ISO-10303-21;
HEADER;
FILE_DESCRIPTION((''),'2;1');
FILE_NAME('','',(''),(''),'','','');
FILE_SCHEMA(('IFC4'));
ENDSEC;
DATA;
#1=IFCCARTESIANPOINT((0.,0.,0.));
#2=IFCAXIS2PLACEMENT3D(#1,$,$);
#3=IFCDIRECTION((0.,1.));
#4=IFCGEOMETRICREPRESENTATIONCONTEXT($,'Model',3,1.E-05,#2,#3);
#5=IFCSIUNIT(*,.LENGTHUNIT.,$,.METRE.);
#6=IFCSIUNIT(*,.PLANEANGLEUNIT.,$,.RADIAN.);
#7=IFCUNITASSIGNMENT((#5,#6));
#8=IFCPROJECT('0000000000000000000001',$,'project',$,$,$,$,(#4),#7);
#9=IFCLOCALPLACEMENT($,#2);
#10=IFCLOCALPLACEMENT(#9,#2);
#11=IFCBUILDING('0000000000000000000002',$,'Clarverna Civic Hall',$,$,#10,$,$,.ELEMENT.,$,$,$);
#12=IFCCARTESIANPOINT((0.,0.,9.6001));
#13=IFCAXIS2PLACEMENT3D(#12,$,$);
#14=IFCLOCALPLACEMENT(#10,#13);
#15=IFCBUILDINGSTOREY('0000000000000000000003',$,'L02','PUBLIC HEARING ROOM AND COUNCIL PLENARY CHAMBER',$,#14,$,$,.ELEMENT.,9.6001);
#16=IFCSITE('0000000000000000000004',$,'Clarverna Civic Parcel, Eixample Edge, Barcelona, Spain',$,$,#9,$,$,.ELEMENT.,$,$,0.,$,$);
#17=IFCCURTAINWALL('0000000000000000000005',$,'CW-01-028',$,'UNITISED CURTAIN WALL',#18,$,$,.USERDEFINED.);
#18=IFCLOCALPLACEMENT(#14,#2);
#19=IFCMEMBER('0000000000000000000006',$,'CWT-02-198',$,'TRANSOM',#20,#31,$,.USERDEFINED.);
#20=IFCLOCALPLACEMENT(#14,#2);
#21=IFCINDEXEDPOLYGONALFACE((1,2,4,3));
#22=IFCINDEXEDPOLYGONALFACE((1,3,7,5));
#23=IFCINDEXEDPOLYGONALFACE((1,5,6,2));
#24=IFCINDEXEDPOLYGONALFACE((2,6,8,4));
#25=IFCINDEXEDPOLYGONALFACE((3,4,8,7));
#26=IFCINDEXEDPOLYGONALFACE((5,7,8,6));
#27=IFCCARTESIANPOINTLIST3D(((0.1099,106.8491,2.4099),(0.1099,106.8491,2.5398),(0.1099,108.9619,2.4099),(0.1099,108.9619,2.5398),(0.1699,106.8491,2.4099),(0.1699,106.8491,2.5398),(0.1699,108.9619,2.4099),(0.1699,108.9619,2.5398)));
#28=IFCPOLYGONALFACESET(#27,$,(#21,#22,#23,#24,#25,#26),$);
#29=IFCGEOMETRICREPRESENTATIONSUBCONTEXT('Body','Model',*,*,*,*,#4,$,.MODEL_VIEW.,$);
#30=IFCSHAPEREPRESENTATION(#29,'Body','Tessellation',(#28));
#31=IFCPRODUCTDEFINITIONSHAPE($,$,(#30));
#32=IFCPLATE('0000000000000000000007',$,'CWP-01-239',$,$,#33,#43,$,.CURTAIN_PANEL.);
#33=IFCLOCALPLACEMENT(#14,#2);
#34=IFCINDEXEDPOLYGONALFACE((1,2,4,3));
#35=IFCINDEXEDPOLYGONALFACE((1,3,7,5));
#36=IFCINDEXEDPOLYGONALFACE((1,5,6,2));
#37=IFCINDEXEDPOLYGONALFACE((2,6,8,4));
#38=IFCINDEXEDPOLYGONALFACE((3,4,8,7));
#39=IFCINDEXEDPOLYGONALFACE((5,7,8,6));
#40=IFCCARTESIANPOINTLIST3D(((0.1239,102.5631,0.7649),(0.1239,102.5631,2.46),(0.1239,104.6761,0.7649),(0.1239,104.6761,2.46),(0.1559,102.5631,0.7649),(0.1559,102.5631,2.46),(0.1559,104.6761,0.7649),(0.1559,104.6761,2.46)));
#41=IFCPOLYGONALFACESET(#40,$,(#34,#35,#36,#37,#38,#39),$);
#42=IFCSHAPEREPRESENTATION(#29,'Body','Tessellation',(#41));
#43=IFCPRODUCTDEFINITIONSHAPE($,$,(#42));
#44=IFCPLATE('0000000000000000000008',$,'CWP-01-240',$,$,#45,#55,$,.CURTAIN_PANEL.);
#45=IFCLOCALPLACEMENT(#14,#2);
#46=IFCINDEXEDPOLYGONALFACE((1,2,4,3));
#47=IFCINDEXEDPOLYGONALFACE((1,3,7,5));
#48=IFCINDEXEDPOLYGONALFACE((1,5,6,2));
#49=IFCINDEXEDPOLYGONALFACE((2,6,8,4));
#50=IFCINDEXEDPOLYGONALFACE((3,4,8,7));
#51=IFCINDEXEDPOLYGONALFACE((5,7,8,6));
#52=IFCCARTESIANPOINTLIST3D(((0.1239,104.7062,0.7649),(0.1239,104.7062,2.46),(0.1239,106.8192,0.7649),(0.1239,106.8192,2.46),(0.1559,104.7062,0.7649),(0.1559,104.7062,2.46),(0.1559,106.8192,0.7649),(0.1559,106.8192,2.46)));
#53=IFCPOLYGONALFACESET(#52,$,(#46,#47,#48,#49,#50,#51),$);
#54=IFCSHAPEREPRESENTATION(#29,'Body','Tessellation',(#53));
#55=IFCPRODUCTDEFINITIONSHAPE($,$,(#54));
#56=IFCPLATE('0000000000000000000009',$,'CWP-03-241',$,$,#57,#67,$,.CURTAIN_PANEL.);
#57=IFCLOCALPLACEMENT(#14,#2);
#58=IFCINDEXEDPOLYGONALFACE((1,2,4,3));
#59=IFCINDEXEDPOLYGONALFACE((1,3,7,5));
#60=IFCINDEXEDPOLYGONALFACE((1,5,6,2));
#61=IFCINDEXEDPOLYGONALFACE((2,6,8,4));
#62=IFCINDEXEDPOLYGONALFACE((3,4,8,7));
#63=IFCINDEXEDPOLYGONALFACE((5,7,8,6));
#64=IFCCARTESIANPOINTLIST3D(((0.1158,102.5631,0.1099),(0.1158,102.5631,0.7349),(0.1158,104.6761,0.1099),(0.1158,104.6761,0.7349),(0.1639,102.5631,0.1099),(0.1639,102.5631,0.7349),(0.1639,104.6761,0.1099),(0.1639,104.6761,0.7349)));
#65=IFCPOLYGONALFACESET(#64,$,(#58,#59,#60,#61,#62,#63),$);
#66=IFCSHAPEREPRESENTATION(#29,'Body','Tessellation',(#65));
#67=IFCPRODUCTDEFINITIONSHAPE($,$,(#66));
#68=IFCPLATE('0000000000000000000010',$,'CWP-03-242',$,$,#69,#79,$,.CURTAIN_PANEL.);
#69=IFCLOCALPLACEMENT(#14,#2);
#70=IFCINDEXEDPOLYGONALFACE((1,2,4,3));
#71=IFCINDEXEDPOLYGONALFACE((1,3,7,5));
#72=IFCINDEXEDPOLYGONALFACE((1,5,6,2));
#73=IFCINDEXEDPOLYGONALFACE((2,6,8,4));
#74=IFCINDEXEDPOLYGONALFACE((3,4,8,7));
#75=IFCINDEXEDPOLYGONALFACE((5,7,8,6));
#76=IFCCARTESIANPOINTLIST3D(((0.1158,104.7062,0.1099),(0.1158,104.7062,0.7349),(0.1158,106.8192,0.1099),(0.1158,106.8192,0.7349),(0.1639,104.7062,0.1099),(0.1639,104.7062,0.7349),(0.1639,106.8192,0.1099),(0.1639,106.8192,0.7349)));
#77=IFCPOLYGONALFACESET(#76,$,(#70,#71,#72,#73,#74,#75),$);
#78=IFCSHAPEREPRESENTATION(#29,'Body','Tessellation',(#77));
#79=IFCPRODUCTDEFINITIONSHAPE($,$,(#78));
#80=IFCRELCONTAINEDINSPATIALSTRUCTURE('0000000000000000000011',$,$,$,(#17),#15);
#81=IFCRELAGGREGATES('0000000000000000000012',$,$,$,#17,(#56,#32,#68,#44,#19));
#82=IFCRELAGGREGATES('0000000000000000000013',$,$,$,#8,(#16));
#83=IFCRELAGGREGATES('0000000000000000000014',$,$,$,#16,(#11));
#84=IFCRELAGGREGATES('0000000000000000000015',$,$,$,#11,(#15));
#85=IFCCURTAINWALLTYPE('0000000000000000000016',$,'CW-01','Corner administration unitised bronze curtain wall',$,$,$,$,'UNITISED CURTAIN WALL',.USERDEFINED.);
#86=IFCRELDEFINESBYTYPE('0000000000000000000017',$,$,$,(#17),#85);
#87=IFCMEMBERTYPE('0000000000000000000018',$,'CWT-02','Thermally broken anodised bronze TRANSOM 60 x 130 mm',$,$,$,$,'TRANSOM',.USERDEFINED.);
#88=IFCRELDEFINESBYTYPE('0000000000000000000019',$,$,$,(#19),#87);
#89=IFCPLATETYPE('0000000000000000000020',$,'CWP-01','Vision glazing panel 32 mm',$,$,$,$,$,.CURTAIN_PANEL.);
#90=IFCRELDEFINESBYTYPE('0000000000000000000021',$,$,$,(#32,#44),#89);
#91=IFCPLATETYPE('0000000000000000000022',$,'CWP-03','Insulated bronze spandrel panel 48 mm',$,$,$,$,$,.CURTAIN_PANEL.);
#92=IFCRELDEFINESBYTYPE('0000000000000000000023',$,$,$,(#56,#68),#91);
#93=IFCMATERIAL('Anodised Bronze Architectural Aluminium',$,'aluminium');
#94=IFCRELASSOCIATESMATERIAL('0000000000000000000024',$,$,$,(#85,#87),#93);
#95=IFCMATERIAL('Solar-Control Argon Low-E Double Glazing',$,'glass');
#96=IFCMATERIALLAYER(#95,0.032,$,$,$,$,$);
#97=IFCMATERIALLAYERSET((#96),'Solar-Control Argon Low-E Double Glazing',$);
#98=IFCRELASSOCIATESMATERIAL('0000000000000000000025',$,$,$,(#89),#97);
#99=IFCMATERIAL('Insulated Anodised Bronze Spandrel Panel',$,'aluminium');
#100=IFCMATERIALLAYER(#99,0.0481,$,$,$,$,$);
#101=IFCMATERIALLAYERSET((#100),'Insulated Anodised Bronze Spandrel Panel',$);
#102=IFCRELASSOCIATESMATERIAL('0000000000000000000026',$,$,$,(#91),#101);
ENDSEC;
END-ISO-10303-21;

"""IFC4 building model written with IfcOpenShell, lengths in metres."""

from ifc_helpers import new_model, si_unit, direction, frame, frame_2d, origin, origin_2d, place, context, subcontext, project, spatial, rectangle, extrude, material, layer, layer_set, material_profile, profile_set, type_object, element, aggregate, save


model = new_model("IFC4")

# Units and contexts
model_context = context("Model", 3, precision=1e-05, world=origin(), true_north=direction((0.0, 1.0)))
body_context = subcontext(model_context, "Body", "Model", "MODEL_VIEW")
ifc_project = project(units=[si_unit("LENGTHUNIT", "METRE"), si_unit("PLANEANGLEUNIT", "RADIAN")], contexts=[model_context])

# Site, building, storey
site_placement = place(None, origin())
site = spatial("IfcSite", under=ifc_project, at=site_placement, Name="Clarverna Civic Parcel, Eixample Edge, Barcelona, Spain", CompositionType="ELEMENT", RefElevation=0.0)
building_placement = place(site_placement, origin())
building = spatial("IfcBuilding", under=site, at=building_placement, Name="Clarverna Civic Hall", CompositionType="ELEMENT")
storey_placement = place(building_placement, frame((0.0, 0.0, 9.6001)))
storey = spatial("IfcBuildingStorey", under=building, at=storey_placement, Name="L02", Description="PUBLIC HEARING ROOM AND COUNCIL PLENARY CHAMBER", CompositionType="ELEMENT", Elevation=9.6001)

# Shared definitions
ifc_material_1 = material(Name="Anodised Bronze Architectural Aluminium", Category="aluminium")
curtain_wall_type = type_object("IfcCurtainWallType", Name="CW-01", Description="Corner administration unitised bronze curtain wall", ElementType="UNITISED CURTAIN WALL", PredefinedType="USERDEFINED", material=ifc_material_1)

# Curtain wall, member, plates
curtain_wall_1_placement = place(storey_placement, origin())
curtain_wall_1 = element("IfcCurtainWall", 1, at=curtain_wall_1_placement, inside=storey, type_object=curtain_wall_type, Name="CW-01-028", ObjectType="UNITISED CURTAIN WALL", PredefinedType="USERDEFINED")
ifc_material_profile_1 = material_profile(ifc_material_1, rectangle(XDim=0.0601, YDim=0.1299, at=origin_2d()), Name="BRONZE 60x130")
ifc_profile_set_1 = profile_set([ifc_material_profile_1], Name="Anodised Bronze Architectural Aluminium")
member_type_1 = type_object("IfcMemberType", Name="CWT-02", Description="Thermally broken anodised bronze TRANSOM 60 x 130 mm", ElementType="TRANSOM", PredefinedType="USERDEFINED", material=ifc_profile_set_1)
member_1_placement = place(storey_placement, frame((0.1399, 106.8491, 2.4749), z_axis=(0.0, 1.0, 0.0), x_axis=(-1.0, 0.0, 0.0)))
member_1 = element("IfcMember", 2, at=member_1_placement, type_object=member_type_1, Name="CWT-02-198", ObjectType="TRANSOM", PredefinedType="USERDEFINED", context=body_context, shape_type="SweptSolid", body=[
    extrude(rectangle(XDim=0.0601, YDim=0.1299, at=origin_2d()), origin(), (0.0, 0.0, 1.0), 2.1128),
])
ifc_material_2 = material(Name="Solar-Control Argon Low-E Double Glazing", Category="glass")
ifc_layer_1 = layer(ifc_material_2, 0.032)
ifc_layer_set_1 = layer_set([ifc_layer_1], Name="Solar-Control Argon Low-E Double Glazing")
plate_type_1 = type_object("IfcPlateType", Name="CWP-01", Description="Vision glazing panel 32 mm", PredefinedType="CURTAIN_PANEL", material=ifc_layer_set_1)
plate_1_placement = place(storey_placement, frame((0.1399, 102.563, 0.7649), z_axis=(0.0, 0.0, 1.0), x_axis=(0.0, 1.0, 0.0)))
plate_1 = element("IfcPlate", 3, at=plate_1_placement, type_object=plate_type_1, Name="CWP-01-239", PredefinedType="CURTAIN_PANEL", context=body_context, shape_type="SweptSolid", body=[
    extrude(rectangle(XDim=2.113, YDim=0.032, at=frame_2d((1.0566, 0.0))), origin(), (0.0, 0.0, 1.0), 1.6951),
])
plate_2_placement = place(storey_placement, frame((0.1399, 104.7061, 0.7649), z_axis=(0.0, 0.0, 1.0), x_axis=(0.0, 1.0, 0.0)))
plate_2 = element("IfcPlate", 4, at=plate_2_placement, type_object=plate_type_1, Name="CWP-01-240", PredefinedType="CURTAIN_PANEL", context=body_context, shape_type="SweptSolid", body=[
    extrude(rectangle(XDim=2.113, YDim=0.032, at=frame_2d((1.0566, 0.0))), origin(), (0.0, 0.0, 1.0), 1.6951),
])
ifc_material_3 = material(Name="Insulated Anodised Bronze Spandrel Panel", Category="aluminium")
ifc_layer_2 = layer(ifc_material_3, 0.0481)
ifc_layer_set_2 = layer_set([ifc_layer_2], Name="Insulated Anodised Bronze Spandrel Panel")
plate_type_2 = type_object("IfcPlateType", Name="CWP-03", Description="Insulated bronze spandrel panel 48 mm", PredefinedType="CURTAIN_PANEL", material=ifc_layer_set_2)
plate_3_placement = place(storey_placement, frame((0.1399, 102.563, 0.1099), z_axis=(0.0, 0.0, 1.0), x_axis=(0.0, 1.0, 0.0)))
plate_3 = element("IfcPlate", 5, at=plate_3_placement, type_object=plate_type_2, Name="CWP-03-241", PredefinedType="CURTAIN_PANEL", context=body_context, shape_type="SweptSolid", body=[
    extrude(rectangle(XDim=2.113, YDim=0.0481, at=frame_2d((1.0566, 0.0))), origin(), (0.0, 0.0, 1.0), 0.625),
])
plate_4_placement = place(storey_placement, frame((0.1399, 104.7061, 0.1099), z_axis=(0.0, 0.0, 1.0), x_axis=(0.0, 1.0, 0.0)))
plate_4 = element("IfcPlate", 6, at=plate_4_placement, type_object=plate_type_2, Name="CWP-03-242", PredefinedType="CURTAIN_PANEL", context=body_context, shape_type="SweptSolid", body=[
    extrude(rectangle(XDim=2.113, YDim=0.0481, at=frame_2d((1.0566, 0.0))), origin(), (0.0, 0.0, 1.0), 0.625),
])
aggregate(curtain_wall_1, [plate_3, plate_1, plate_4, plate_2, member_1])

save(model, "model.ifc")
